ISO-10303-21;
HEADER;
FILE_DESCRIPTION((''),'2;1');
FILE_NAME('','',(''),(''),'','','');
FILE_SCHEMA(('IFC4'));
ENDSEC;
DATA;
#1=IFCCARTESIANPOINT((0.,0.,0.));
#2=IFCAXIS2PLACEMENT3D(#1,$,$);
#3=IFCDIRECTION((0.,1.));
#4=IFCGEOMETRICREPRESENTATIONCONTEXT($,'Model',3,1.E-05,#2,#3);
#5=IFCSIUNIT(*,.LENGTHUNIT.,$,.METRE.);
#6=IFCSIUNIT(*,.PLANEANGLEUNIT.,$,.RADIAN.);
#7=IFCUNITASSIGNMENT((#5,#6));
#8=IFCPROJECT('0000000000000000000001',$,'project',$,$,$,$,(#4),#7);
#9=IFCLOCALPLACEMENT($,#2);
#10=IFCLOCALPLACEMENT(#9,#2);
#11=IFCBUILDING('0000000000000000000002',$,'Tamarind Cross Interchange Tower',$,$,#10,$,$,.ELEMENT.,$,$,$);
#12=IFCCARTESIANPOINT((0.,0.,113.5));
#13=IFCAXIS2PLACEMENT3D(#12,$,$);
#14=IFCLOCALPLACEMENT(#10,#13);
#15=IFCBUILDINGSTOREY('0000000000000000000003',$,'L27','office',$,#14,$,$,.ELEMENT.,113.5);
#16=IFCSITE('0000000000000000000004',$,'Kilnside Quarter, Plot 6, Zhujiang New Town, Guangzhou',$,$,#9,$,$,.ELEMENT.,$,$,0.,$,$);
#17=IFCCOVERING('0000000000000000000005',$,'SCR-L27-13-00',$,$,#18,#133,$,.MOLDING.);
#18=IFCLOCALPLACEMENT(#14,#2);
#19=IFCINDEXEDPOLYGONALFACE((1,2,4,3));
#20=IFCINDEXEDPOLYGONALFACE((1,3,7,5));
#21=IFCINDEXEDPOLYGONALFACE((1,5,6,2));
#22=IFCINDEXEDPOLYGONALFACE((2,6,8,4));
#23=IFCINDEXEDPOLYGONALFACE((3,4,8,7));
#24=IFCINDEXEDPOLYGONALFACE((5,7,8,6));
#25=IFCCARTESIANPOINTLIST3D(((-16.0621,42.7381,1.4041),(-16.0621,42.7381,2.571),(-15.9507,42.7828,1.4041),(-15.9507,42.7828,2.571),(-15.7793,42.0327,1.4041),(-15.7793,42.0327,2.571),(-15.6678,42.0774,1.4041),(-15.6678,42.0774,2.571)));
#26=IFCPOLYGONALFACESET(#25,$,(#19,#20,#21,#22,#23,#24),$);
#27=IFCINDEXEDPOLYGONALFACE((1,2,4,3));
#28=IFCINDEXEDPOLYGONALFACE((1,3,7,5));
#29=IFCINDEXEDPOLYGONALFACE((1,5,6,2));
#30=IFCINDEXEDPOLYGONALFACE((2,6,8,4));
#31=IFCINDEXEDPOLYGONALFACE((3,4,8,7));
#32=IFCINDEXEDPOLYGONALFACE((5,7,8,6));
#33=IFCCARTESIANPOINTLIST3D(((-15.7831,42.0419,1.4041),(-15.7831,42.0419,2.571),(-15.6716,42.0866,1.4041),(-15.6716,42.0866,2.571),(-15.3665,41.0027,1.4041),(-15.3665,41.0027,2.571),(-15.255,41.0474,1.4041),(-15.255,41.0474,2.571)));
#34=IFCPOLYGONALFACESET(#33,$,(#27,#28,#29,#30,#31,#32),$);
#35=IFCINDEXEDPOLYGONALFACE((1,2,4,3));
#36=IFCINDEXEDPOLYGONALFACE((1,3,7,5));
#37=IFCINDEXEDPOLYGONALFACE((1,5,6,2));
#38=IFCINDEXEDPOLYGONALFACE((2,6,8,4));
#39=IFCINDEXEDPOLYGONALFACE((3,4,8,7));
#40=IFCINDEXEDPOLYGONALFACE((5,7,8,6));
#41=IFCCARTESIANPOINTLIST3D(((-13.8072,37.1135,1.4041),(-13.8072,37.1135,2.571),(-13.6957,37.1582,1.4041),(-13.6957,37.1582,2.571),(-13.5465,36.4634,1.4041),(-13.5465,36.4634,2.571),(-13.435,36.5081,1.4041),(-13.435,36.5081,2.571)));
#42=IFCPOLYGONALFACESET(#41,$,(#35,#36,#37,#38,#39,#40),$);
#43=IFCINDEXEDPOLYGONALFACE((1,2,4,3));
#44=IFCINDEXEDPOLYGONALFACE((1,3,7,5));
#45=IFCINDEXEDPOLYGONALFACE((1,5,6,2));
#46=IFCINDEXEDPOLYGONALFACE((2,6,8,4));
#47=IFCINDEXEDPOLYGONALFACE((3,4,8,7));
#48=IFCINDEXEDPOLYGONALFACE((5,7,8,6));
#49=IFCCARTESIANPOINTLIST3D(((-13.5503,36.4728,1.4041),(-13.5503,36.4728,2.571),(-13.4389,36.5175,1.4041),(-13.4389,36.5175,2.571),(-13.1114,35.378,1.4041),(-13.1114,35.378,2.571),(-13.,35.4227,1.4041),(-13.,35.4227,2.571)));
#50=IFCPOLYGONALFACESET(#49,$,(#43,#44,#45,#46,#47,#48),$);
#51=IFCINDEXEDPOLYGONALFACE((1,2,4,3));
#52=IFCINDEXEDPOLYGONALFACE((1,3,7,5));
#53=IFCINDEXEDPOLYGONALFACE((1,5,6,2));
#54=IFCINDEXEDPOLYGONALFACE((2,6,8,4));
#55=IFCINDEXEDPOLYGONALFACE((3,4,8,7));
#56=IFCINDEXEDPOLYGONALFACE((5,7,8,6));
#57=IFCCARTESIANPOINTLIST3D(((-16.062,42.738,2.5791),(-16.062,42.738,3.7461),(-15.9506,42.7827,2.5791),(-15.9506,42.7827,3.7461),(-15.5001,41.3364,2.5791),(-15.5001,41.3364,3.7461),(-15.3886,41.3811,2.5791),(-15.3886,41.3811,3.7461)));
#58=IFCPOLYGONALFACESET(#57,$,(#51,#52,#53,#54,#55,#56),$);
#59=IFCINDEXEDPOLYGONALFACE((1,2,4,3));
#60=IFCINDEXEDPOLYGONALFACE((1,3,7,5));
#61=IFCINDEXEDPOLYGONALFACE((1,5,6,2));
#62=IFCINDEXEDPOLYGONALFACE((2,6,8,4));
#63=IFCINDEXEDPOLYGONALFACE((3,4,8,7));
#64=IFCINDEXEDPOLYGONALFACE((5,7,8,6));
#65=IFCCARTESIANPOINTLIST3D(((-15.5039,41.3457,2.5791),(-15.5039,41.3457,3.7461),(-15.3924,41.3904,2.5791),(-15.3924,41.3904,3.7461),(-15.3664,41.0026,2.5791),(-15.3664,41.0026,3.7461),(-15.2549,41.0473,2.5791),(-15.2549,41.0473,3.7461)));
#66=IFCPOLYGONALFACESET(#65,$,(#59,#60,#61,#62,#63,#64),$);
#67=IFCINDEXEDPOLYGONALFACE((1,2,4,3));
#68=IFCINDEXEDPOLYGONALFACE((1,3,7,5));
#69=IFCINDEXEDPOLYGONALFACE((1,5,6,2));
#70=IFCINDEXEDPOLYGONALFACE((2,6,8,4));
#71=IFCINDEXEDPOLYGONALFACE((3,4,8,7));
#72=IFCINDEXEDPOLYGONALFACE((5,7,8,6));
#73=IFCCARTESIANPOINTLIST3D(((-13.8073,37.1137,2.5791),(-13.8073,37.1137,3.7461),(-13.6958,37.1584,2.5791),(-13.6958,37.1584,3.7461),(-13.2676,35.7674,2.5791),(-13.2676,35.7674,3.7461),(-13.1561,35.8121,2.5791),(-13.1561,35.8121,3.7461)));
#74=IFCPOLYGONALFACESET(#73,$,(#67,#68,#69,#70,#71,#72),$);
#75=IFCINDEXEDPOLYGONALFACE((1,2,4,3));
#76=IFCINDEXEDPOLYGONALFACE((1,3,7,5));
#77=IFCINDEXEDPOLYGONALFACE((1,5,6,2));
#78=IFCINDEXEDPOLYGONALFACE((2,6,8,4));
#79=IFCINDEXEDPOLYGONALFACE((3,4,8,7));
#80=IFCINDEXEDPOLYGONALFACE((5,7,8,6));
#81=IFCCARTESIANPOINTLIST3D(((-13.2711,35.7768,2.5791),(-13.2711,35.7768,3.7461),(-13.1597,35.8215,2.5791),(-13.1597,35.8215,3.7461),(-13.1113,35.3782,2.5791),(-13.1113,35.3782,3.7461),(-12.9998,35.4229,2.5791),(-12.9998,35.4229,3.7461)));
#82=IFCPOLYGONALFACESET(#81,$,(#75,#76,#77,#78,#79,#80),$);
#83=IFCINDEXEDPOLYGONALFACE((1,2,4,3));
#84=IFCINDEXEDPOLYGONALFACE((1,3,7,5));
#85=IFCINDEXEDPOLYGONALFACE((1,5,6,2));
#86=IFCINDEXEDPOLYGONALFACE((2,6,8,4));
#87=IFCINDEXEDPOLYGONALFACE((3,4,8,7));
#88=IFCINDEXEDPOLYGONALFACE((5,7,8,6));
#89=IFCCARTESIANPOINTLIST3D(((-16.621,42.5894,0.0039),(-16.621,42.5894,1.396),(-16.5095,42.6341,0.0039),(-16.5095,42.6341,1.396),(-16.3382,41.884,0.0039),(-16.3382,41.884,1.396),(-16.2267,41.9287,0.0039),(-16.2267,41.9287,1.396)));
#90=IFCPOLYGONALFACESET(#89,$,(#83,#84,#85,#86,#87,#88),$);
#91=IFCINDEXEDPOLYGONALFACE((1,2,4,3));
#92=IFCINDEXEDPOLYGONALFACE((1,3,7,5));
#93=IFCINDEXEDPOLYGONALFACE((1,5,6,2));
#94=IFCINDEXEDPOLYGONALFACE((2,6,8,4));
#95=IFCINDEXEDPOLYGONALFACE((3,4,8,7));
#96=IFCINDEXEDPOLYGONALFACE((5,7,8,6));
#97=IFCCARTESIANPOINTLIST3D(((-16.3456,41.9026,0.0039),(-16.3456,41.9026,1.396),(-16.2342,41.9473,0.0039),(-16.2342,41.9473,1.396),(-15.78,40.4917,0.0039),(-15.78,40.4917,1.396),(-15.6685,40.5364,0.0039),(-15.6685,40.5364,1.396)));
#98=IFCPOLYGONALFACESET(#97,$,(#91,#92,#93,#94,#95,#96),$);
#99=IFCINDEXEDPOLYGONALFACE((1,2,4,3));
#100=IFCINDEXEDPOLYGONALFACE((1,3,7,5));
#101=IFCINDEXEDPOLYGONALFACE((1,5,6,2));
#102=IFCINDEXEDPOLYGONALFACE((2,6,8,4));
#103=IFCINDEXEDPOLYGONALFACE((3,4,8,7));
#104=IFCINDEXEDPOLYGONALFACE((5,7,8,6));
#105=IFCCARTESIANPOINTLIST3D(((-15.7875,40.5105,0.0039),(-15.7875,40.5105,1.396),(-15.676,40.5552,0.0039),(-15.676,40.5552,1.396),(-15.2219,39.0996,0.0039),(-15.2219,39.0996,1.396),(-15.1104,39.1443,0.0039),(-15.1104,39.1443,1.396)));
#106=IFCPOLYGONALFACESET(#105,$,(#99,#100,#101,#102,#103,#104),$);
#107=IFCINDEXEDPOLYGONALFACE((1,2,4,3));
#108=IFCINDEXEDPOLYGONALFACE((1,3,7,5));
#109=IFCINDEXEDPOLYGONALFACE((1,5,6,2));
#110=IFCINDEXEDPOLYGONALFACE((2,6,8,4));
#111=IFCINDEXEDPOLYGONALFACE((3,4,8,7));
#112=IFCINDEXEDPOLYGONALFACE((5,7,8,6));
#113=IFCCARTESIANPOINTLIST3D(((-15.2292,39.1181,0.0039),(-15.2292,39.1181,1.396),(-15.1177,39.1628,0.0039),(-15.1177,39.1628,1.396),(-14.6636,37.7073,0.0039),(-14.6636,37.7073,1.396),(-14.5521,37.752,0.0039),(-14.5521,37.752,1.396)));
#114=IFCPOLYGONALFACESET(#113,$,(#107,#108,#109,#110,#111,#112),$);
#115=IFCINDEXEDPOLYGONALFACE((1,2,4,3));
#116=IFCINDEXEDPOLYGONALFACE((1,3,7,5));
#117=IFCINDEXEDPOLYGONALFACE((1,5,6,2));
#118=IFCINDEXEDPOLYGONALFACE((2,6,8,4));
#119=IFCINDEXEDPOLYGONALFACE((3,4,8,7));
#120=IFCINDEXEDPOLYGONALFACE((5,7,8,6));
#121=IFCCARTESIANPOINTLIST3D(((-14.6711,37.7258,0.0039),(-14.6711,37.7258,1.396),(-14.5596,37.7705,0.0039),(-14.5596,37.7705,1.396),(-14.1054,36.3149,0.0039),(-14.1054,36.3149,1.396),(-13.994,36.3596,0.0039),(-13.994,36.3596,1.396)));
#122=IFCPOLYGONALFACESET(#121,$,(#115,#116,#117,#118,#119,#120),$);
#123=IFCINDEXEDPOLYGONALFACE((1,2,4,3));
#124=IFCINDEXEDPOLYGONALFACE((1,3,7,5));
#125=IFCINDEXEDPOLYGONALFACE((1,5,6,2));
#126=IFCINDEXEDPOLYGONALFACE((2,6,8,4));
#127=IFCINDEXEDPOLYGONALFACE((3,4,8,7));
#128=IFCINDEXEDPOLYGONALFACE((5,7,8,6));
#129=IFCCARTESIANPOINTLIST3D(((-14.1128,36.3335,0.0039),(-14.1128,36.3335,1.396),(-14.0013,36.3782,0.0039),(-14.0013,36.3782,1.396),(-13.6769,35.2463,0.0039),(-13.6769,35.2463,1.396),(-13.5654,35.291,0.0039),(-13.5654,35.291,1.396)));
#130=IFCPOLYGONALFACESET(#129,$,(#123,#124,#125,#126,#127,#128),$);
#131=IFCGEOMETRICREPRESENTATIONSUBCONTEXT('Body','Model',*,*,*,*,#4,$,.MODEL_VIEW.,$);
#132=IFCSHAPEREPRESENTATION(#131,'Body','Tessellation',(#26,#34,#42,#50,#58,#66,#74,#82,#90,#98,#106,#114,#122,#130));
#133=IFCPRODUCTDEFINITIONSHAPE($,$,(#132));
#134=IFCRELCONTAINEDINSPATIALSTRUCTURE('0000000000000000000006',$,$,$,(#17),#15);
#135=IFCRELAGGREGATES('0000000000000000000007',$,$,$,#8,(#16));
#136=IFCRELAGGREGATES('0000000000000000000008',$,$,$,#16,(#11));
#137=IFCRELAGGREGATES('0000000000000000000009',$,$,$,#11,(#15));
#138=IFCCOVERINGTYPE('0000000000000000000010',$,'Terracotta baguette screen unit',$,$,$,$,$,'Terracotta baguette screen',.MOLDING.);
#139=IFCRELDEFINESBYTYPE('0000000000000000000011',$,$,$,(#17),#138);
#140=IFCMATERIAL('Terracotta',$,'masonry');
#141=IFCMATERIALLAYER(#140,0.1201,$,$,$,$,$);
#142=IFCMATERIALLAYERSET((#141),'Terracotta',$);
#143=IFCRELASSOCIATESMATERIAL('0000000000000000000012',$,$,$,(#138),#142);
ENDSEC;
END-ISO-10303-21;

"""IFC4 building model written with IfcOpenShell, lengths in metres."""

from ifc_helpers import new_model, si_unit, direction, frame, origin, origin_2d, place, context, subcontext, project, spatial, rectangle, extrude, material, layer, layer_set, type_object, element, save


model = new_model("IFC4")

# Units and contexts
model_context = context("Model", 3, precision=1e-05, world=origin(), true_north=direction((0.0, 1.0)))
body_context = subcontext(model_context, "Body", "Model", "MODEL_VIEW")
ifc_project = project(units=[si_unit("LENGTHUNIT", "METRE"), si_unit("PLANEANGLEUNIT", "RADIAN")], contexts=[model_context])

# Site, building, storey
site_placement = place(None, origin())
site = spatial("IfcSite", under=ifc_project, at=site_placement, Name="Kilnside Quarter, Plot 6, Zhujiang New Town, Guangzhou", CompositionType="ELEMENT", RefElevation=0.0)
building_placement = place(site_placement, origin())
building = spatial("IfcBuilding", under=site, at=building_placement, Name="Tamarind Cross Interchange Tower", CompositionType="ELEMENT")
storey_placement = place(building_placement, frame((0.0, 0.0, 113.5)))
storey = spatial("IfcBuildingStorey", under=building, at=storey_placement, Name="L27", Description="office", CompositionType="ELEMENT", Elevation=113.5)

# Covering
ifc_material_1 = material(Name="Terracotta", Category="masonry")
ifc_layer_1 = layer(ifc_material_1, 0.1201)
ifc_layer_set_1 = layer_set([ifc_layer_1], Name="Terracotta")
covering_type = type_object("IfcCoveringType", Name="Terracotta baguette screen unit", ElementType="Terracotta baguette screen", PredefinedType="MOLDING", material=ifc_layer_set_1)
covering_1_placement = place(storey_placement, origin())
element("IfcCovering", 1, at=covering_1_placement, inside=storey, type_object=covering_type, Name="SCR-L27-13-00", PredefinedType="MOLDING", context=body_context, shape_type="SweptSolid", body=[
    extrude(rectangle(XDim=0.76, YDim=0.1201, at=origin_2d()), frame((-15.865, 42.4077, 1.4041), z_axis=(0.0, 0.0, 1.0), x_axis=(0.372124, -0.928183, 0.0)), (0.0, 0.0, 1.0), 1.167),
    extrude(rectangle(XDim=1.1196, YDim=0.1201, at=origin_2d()), frame((-15.519, 41.5447, 1.4041), z_axis=(0.0, 0.0, 1.0), x_axis=(0.372124, -0.928183, 0.0)), (0.0, 0.0, 1.0), 1.167),
    extrude(rectangle(XDim=0.7004, YDim=0.1201, at=origin_2d()), frame((-13.6211, 36.8108, 1.4041), z_axis=(0.0, 0.0, 1.0), x_axis=(0.372124, -0.928183, 0.0)), (0.0, 0.0, 1.0), 1.167),
    extrude(rectangle(XDim=1.1794, YDim=0.1201, at=origin_2d()), frame((-13.2751, 35.9478, 1.4041), z_axis=(0.0, 0.0, 1.0), x_axis=(0.372124, -0.928183, 0.0)), (0.0, 0.0, 1.0), 1.167),
    extrude(rectangle(XDim=1.51, YDim=0.1201, at=origin_2d()), frame((-15.7253, 42.0596, 2.5791), z_axis=(0.0, 0.0, 1.0), x_axis=(0.372124, -0.928183, 0.0)), (0.0, 0.0, 1.0), 1.167),
    extrude(rectangle(XDim=0.3696, YDim=0.1201, at=origin_2d()), frame((-15.3794, 41.1965, 2.5791), z_axis=(0.0, 0.0, 1.0), x_axis=(0.372124, -0.928183, 0.0)), (0.0, 0.0, 1.0), 1.167),
    extrude(rectangle(XDim=1.4504, YDim=0.1201, at=origin_2d()), frame((-13.4817, 36.4629, 2.5791), z_axis=(0.0, 0.0, 1.0), x_axis=(0.372124, -0.928183, 0.0)), (0.0, 0.0, 1.0), 1.167),
    extrude(rectangle(XDim=0.4294, YDim=0.1201, at=origin_2d()), frame((-13.1355, 35.5999, 2.5791), z_axis=(0.0, 0.0, 1.0), x_axis=(0.372124, -0.928183, 0.0)), (0.0, 0.0, 1.0), 1.167),
    extrude(rectangle(XDim=0.76, YDim=0.1201, at=origin_2d()), frame((-16.4238, 42.259, 0.0039), z_axis=(0.0, 0.0, 1.0), x_axis=(0.372124, -0.928183, 0.0)), (0.0, 0.0, 1.0), 1.3921),
    extrude(rectangle(XDim=1.52, YDim=0.1201, at=origin_2d()), frame((-16.0071, 41.2195, 0.0039), z_axis=(0.0, 0.0, 1.0), x_axis=(0.372124, -0.928183, 0.0)), (0.0, 0.0, 1.0), 1.3921),
    extrude(rectangle(XDim=1.52, YDim=0.1201, at=origin_2d()), frame((-15.449, 39.8274, 0.0039), z_axis=(0.0, 0.0, 1.0), x_axis=(0.372124, -0.928183, 0.0)), (0.0, 0.0, 1.0), 1.3921),
    extrude(rectangle(XDim=1.52, YDim=0.1201, at=origin_2d()), frame((-14.8906, 38.4351, 0.0039), z_axis=(0.0, 0.0, 1.0), x_axis=(0.372124, -0.928183, 0.0)), (0.0, 0.0, 1.0), 1.3921),
    extrude(rectangle(XDim=1.52, YDim=0.1201, at=origin_2d()), frame((-14.3325, 37.0427, 0.0039), z_axis=(0.0, 0.0, 1.0), x_axis=(0.372124, -0.928183, 0.0)), (0.0, 0.0, 1.0), 1.3921),
    extrude(rectangle(XDim=1.1714, YDim=0.1201, at=origin_2d()), frame((-13.8391, 35.8123, 0.0039), z_axis=(0.0, 0.0, 1.0), x_axis=(0.372124, -0.928183, 0.0)), (0.0, 0.0, 1.0), 1.3921),
])

save(model, "model.ifc")
